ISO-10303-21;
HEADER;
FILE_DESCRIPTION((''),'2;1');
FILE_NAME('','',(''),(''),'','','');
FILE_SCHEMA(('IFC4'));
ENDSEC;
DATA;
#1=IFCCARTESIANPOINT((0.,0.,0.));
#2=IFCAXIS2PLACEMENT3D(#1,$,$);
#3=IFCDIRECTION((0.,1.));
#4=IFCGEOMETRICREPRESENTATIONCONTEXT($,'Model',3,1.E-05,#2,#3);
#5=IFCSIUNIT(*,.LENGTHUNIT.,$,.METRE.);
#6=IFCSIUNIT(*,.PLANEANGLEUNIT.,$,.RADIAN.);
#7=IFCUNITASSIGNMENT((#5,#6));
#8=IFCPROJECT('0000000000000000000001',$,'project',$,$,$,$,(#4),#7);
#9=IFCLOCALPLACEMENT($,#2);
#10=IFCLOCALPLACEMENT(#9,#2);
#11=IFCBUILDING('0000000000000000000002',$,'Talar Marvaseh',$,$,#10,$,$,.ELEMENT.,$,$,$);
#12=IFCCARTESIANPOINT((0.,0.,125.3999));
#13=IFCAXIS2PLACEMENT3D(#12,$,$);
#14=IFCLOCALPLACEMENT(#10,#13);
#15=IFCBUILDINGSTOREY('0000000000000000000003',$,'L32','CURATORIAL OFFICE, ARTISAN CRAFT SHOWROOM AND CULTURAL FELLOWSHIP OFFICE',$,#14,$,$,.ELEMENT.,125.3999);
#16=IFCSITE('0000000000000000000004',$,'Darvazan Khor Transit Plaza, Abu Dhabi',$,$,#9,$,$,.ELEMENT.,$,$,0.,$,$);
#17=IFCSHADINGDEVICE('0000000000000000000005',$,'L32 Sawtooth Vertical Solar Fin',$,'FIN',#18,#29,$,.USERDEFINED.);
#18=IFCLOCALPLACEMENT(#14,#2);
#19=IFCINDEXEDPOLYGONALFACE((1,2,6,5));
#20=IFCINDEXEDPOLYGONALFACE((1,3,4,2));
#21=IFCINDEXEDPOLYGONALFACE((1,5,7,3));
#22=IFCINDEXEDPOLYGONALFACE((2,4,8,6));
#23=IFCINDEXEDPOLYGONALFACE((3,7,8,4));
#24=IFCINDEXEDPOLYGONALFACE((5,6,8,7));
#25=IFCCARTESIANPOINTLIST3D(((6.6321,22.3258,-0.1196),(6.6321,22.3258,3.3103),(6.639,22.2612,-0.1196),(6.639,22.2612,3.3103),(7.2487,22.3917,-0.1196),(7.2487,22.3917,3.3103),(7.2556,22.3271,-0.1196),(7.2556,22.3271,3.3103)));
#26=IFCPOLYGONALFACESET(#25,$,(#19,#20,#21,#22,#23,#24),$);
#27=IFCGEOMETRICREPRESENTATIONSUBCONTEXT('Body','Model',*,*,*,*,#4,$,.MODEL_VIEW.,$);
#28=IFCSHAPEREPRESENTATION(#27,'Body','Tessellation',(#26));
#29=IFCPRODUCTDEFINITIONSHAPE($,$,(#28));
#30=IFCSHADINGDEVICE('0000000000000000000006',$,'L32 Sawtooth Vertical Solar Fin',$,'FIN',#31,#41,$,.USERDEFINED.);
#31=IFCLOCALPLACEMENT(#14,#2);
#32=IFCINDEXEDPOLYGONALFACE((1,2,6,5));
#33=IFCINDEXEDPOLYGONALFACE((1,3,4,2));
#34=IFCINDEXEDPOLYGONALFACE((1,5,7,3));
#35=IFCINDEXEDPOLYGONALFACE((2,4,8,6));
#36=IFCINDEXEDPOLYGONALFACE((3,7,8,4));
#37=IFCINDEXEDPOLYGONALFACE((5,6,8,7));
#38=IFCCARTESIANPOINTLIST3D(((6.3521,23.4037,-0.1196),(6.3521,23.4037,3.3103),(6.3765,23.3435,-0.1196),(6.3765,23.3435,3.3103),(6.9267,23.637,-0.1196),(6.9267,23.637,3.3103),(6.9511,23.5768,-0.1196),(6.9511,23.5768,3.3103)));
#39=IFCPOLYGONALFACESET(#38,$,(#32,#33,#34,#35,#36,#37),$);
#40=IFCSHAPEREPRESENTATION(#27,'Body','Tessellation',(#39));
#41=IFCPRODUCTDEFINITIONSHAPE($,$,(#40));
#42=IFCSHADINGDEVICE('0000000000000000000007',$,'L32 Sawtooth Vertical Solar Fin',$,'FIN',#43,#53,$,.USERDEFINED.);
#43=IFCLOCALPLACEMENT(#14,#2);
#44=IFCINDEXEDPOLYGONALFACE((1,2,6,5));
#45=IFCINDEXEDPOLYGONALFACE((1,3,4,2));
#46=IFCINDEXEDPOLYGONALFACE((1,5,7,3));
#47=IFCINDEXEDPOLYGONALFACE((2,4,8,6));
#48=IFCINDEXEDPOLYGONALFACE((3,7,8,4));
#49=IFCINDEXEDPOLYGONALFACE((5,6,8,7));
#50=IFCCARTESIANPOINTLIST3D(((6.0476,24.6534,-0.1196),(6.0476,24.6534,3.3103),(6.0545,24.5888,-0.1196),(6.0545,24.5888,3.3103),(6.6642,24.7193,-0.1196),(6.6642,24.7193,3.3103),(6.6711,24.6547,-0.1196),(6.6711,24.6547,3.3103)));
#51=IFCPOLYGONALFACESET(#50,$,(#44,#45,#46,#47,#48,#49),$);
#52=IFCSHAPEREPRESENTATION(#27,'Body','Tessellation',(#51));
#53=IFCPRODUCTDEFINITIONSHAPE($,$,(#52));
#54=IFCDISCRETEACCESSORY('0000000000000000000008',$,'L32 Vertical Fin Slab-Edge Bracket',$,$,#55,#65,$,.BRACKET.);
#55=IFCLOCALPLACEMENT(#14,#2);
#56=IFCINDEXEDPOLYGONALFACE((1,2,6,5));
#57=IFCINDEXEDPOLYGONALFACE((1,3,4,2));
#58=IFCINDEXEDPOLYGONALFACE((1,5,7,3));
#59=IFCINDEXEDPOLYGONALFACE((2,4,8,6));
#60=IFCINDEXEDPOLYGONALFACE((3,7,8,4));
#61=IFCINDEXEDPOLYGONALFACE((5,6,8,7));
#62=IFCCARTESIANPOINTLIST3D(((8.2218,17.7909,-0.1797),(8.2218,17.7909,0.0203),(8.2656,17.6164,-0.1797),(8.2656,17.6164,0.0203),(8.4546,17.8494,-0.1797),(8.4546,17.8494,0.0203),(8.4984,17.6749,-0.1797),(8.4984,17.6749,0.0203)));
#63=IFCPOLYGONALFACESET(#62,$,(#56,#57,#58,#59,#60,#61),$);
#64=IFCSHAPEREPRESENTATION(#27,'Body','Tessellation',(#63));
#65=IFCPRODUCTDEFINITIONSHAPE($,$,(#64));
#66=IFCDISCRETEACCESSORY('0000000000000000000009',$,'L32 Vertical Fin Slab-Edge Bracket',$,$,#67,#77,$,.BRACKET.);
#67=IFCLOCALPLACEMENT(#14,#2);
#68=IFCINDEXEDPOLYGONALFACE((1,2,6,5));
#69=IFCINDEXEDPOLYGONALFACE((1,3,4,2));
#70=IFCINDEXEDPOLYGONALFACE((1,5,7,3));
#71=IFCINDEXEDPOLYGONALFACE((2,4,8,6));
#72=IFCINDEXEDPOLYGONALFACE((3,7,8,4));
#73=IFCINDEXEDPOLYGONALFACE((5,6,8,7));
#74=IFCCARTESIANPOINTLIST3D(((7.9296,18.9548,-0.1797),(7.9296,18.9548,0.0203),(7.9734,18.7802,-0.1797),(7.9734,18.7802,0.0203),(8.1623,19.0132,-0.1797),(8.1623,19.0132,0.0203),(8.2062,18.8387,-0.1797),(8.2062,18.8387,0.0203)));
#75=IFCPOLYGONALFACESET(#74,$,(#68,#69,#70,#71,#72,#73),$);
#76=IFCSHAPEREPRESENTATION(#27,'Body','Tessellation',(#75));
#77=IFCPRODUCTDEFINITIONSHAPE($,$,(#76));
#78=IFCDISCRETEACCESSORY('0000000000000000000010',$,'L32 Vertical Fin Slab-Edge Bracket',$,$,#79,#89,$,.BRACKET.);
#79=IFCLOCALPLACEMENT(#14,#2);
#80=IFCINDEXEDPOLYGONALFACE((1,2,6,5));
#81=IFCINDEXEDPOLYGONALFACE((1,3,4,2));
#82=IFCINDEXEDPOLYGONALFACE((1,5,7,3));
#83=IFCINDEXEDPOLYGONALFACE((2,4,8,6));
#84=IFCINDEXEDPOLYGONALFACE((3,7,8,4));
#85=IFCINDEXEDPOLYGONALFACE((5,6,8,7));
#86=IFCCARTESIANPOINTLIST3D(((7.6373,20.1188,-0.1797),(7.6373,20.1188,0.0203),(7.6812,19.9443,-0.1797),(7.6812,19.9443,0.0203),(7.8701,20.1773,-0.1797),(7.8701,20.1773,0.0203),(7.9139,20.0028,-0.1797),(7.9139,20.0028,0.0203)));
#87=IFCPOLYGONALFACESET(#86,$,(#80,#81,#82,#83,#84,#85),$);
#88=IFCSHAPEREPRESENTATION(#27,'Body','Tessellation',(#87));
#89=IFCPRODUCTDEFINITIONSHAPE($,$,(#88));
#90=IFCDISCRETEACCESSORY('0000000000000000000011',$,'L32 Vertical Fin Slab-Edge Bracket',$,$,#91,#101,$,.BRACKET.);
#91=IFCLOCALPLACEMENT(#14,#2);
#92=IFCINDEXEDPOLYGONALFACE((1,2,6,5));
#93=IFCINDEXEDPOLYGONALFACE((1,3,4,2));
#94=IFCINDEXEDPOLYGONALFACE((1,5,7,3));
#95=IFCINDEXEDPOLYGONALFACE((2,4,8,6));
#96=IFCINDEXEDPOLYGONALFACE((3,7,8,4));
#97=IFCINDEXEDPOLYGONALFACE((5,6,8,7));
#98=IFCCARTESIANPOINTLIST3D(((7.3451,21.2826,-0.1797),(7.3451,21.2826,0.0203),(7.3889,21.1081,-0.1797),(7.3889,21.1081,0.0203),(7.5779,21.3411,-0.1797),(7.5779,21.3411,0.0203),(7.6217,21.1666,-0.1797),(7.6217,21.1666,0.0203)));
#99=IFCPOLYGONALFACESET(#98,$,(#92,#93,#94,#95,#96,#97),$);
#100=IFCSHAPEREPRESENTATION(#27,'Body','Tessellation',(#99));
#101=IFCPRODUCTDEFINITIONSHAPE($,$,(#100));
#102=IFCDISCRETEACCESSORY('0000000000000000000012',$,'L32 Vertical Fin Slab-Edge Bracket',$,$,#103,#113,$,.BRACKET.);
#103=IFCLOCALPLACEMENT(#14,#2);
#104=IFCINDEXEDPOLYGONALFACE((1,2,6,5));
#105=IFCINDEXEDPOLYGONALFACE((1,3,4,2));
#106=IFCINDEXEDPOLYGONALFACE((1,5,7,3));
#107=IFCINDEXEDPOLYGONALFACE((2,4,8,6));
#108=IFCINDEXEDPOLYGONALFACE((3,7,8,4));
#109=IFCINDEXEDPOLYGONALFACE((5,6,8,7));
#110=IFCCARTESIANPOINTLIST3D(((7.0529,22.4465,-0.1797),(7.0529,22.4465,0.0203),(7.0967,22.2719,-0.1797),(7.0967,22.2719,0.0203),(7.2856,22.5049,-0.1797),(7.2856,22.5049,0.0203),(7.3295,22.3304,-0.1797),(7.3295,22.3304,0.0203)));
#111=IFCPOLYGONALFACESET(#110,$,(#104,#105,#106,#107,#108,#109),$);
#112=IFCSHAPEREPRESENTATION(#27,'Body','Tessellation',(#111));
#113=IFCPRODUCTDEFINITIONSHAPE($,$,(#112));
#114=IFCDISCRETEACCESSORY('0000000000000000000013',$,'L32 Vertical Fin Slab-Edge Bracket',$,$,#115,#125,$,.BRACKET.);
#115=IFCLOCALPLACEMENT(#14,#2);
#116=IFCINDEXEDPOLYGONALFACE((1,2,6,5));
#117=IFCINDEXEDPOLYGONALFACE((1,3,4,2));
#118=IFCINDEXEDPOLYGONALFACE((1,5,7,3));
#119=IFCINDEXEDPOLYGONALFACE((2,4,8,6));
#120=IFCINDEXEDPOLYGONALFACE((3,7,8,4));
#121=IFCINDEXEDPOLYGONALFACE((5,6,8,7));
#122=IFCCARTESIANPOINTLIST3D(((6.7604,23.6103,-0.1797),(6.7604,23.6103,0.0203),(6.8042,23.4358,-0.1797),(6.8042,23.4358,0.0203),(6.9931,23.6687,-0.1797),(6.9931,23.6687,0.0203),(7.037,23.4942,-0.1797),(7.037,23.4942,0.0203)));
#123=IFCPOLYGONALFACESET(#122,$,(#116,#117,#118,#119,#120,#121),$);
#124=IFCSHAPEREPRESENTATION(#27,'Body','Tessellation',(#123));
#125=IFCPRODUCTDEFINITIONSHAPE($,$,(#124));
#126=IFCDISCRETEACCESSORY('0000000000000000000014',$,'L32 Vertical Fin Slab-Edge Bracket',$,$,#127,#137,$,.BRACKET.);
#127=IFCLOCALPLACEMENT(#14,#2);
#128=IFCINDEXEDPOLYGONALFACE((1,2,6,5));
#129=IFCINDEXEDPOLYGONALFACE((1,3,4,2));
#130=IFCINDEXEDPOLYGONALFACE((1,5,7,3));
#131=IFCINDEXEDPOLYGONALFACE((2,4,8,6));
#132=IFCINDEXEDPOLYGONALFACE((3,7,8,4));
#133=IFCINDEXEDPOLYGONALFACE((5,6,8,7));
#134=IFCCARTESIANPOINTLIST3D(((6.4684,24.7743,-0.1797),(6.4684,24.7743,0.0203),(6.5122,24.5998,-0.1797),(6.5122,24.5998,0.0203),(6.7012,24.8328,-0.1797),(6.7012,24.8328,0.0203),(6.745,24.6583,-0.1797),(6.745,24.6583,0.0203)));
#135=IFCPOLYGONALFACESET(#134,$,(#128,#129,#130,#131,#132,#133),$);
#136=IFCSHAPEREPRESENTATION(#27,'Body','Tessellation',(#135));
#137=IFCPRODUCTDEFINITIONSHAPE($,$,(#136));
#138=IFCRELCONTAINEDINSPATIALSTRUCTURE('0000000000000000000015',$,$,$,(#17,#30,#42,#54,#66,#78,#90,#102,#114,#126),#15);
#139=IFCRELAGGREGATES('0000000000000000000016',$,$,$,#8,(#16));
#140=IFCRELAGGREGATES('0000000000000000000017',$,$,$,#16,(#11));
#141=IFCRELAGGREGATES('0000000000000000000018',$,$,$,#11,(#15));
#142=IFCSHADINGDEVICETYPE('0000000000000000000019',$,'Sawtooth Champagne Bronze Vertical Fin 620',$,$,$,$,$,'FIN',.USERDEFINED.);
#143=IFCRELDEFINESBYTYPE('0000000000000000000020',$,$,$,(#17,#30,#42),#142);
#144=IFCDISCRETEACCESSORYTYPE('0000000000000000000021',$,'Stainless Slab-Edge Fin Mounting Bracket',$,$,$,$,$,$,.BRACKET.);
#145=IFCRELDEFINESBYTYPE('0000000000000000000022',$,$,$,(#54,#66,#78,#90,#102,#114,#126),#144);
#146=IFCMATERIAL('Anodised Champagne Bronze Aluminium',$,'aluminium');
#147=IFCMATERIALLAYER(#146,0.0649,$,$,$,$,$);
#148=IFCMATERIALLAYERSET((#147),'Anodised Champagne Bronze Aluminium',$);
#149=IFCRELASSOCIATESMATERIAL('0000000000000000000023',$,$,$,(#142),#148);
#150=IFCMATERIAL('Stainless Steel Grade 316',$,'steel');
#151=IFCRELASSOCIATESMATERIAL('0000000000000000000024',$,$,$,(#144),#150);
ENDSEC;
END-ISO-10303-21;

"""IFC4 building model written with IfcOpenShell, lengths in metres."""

from ifc_helpers import new_model, si_unit, direction, frame, origin, origin_2d, place, context, subcontext, project, spatial, rectangle, extrude, source, transform, mapped, material, layer, layer_set, type_object, type_shapes, element, save


model = new_model("IFC4")

# Units and contexts
model_context = context("Model", 3, precision=1e-05, world=origin(), true_north=direction((0.0, 1.0)))
body_context = subcontext(model_context, "Body", "Model", "MODEL_VIEW")
ifc_project = project(units=[si_unit("LENGTHUNIT", "METRE"), si_unit("PLANEANGLEUNIT", "RADIAN")], contexts=[model_context])

# Site, building, storey
site_placement = place(None, origin())
site = spatial("IfcSite", under=ifc_project, at=site_placement, Name="Darvazan Khor Transit Plaza, Abu Dhabi", CompositionType="ELEMENT", RefElevation=0.0)
building_placement = place(site_placement, origin())
building = spatial("IfcBuilding", under=site, at=building_placement, Name="Talar Marvaseh", CompositionType="ELEMENT")
storey_placement = place(building_placement, frame((0.0, 0.0, 125.3999)))
storey = spatial("IfcBuildingStorey", under=building, at=storey_placement, Name="L32", Description="CURATORIAL OFFICE, ARTISAN CRAFT SHOWROOM AND CULTURAL FELLOWSHIP OFFICE", CompositionType="ELEMENT", Elevation=125.3999)

# Shading devices
ifc_material_1 = material(Name="Anodised Champagne Bronze Aluminium", Category="aluminium")
ifc_layer_1 = layer(ifc_material_1, 0.0649)
ifc_layer_set_1 = layer_set([ifc_layer_1], Name="Anodised Champagne Bronze Aluminium")
shading_device_type_1 = type_object("IfcShadingDeviceType", Name="Sawtooth Champagne Bronze Vertical Fin 620", ElementType="FIN", PredefinedType="USERDEFINED", material=ifc_layer_set_1)
shared_shape_1 = source(origin(), body_context, "Body", "SweptSolid", [
    extrude(rectangle(XDim=0.6201, YDim=0.0649, at=origin_2d()), origin(), (0.0, 0.0, 1.0), 3.4299),
])
type_shapes(shading_device_type_1, [shared_shape_1])
for number, where, z_axis, x_axis, name in (
    (1, (6.9438, 22.3264, -0.1196), (0.0, 0.0, 1.0), (-0.994338, -0.106264, 0.0), "L32 Sawtooth Vertical Solar Fin"),
    (2, (6.6516, 23.4902, -0.1196), (0.0, 0.0, 1.0), (-0.926529, -0.376224, 0.0), "L32 Sawtooth Vertical Solar Fin"),
    (3, (6.3594, 24.6541, -0.1196), (0.0, 0.0, 1.0), (-0.994338, -0.106264, 0.0), "L32 Sawtooth Vertical Solar Fin"),
):
    element("IfcShadingDevice", number, at=place(storey_placement, frame(where, z_axis=z_axis, x_axis=x_axis)), inside=storey, type_object=shading_device_type_1, Name=name, ObjectType="FIN", PredefinedType="USERDEFINED", context=body_context, shape_type="MappedRepresentation", body=[
        mapped(shared_shape_1, transform((0.0, 0.0, 0.0), x_axis=(1.0, 0.0, 0.0), y_axis=(0.0, 1.0, 0.0), z_axis=(0.0, 0.0, 1.0), scale=1.0)),
    ])

# Discrete accessories
ifc_material_2 = material(Name="Stainless Steel Grade 316", Category="steel")
discrete_accessory_type = type_object("IfcDiscreteAccessoryType", Name="Stainless Slab-Edge Fin Mounting Bracket", PredefinedType="BRACKET", material=ifc_material_2)
shared_shape_2 = source(origin(), body_context, "Body", "SweptSolid", [
    extrude(rectangle(XDim=0.24, YDim=0.1799, at=origin_2d()), origin(), (0.0, 0.0, 1.0), 0.2),
])
type_shapes(discrete_accessory_type, [shared_shape_2])
for number, where, z_axis, x_axis, name in (
    (4, (8.3601, 17.7329, -0.1797), (0.0, 0.0, 1.0), (-0.969872, -0.243615, 0.0), "L32 Vertical Fin Slab-Edge Bracket"),
    (5, (8.0679, 18.8967, -0.1797), (0.0, 0.0, 1.0), (-0.969872, -0.243615, 0.0), "L32 Vertical Fin Slab-Edge Bracket"),
    (6, (7.7756, 20.0608, -0.1797), (0.0, 0.0, 1.0), (-0.969872, -0.243615, 0.0), "L32 Vertical Fin Slab-Edge Bracket"),
    (7, (7.4834, 21.2246, -0.1797), (0.0, 0.0, 1.0), (-0.969872, -0.243615, 0.0), "L32 Vertical Fin Slab-Edge Bracket"),
    (8, (7.1912, 22.3884, -0.1797), (0.0, 0.0, 1.0), (-0.969872, -0.243615, 0.0), "L32 Vertical Fin Slab-Edge Bracket"),
    (9, (6.8987, 23.5522, -0.1797), (0.0, 0.0, 1.0), (-0.969872, -0.243615, 0.0), "L32 Vertical Fin Slab-Edge Bracket"),
    (10, (6.6067, 24.7163, -0.1797), (0.0, 0.0, 1.0), (-0.969872, -0.243615, 0.0), "L32 Vertical Fin Slab-Edge Bracket"),
):
    element("IfcDiscreteAccessory", number, at=place(storey_placement, frame(where, z_axis=z_axis, x_axis=x_axis)), inside=storey, type_object=discrete_accessory_type, Name=name, PredefinedType="BRACKET", context=body_context, shape_type="MappedRepresentation", body=[
        mapped(shared_shape_2, transform((0.0, 0.0, 0.0), x_axis=(1.0, 0.0, 0.0), y_axis=(0.0, 1.0, 0.0), z_axis=(0.0, 0.0, 1.0), scale=1.0)),
    ])

save(model, "model.ifc")
